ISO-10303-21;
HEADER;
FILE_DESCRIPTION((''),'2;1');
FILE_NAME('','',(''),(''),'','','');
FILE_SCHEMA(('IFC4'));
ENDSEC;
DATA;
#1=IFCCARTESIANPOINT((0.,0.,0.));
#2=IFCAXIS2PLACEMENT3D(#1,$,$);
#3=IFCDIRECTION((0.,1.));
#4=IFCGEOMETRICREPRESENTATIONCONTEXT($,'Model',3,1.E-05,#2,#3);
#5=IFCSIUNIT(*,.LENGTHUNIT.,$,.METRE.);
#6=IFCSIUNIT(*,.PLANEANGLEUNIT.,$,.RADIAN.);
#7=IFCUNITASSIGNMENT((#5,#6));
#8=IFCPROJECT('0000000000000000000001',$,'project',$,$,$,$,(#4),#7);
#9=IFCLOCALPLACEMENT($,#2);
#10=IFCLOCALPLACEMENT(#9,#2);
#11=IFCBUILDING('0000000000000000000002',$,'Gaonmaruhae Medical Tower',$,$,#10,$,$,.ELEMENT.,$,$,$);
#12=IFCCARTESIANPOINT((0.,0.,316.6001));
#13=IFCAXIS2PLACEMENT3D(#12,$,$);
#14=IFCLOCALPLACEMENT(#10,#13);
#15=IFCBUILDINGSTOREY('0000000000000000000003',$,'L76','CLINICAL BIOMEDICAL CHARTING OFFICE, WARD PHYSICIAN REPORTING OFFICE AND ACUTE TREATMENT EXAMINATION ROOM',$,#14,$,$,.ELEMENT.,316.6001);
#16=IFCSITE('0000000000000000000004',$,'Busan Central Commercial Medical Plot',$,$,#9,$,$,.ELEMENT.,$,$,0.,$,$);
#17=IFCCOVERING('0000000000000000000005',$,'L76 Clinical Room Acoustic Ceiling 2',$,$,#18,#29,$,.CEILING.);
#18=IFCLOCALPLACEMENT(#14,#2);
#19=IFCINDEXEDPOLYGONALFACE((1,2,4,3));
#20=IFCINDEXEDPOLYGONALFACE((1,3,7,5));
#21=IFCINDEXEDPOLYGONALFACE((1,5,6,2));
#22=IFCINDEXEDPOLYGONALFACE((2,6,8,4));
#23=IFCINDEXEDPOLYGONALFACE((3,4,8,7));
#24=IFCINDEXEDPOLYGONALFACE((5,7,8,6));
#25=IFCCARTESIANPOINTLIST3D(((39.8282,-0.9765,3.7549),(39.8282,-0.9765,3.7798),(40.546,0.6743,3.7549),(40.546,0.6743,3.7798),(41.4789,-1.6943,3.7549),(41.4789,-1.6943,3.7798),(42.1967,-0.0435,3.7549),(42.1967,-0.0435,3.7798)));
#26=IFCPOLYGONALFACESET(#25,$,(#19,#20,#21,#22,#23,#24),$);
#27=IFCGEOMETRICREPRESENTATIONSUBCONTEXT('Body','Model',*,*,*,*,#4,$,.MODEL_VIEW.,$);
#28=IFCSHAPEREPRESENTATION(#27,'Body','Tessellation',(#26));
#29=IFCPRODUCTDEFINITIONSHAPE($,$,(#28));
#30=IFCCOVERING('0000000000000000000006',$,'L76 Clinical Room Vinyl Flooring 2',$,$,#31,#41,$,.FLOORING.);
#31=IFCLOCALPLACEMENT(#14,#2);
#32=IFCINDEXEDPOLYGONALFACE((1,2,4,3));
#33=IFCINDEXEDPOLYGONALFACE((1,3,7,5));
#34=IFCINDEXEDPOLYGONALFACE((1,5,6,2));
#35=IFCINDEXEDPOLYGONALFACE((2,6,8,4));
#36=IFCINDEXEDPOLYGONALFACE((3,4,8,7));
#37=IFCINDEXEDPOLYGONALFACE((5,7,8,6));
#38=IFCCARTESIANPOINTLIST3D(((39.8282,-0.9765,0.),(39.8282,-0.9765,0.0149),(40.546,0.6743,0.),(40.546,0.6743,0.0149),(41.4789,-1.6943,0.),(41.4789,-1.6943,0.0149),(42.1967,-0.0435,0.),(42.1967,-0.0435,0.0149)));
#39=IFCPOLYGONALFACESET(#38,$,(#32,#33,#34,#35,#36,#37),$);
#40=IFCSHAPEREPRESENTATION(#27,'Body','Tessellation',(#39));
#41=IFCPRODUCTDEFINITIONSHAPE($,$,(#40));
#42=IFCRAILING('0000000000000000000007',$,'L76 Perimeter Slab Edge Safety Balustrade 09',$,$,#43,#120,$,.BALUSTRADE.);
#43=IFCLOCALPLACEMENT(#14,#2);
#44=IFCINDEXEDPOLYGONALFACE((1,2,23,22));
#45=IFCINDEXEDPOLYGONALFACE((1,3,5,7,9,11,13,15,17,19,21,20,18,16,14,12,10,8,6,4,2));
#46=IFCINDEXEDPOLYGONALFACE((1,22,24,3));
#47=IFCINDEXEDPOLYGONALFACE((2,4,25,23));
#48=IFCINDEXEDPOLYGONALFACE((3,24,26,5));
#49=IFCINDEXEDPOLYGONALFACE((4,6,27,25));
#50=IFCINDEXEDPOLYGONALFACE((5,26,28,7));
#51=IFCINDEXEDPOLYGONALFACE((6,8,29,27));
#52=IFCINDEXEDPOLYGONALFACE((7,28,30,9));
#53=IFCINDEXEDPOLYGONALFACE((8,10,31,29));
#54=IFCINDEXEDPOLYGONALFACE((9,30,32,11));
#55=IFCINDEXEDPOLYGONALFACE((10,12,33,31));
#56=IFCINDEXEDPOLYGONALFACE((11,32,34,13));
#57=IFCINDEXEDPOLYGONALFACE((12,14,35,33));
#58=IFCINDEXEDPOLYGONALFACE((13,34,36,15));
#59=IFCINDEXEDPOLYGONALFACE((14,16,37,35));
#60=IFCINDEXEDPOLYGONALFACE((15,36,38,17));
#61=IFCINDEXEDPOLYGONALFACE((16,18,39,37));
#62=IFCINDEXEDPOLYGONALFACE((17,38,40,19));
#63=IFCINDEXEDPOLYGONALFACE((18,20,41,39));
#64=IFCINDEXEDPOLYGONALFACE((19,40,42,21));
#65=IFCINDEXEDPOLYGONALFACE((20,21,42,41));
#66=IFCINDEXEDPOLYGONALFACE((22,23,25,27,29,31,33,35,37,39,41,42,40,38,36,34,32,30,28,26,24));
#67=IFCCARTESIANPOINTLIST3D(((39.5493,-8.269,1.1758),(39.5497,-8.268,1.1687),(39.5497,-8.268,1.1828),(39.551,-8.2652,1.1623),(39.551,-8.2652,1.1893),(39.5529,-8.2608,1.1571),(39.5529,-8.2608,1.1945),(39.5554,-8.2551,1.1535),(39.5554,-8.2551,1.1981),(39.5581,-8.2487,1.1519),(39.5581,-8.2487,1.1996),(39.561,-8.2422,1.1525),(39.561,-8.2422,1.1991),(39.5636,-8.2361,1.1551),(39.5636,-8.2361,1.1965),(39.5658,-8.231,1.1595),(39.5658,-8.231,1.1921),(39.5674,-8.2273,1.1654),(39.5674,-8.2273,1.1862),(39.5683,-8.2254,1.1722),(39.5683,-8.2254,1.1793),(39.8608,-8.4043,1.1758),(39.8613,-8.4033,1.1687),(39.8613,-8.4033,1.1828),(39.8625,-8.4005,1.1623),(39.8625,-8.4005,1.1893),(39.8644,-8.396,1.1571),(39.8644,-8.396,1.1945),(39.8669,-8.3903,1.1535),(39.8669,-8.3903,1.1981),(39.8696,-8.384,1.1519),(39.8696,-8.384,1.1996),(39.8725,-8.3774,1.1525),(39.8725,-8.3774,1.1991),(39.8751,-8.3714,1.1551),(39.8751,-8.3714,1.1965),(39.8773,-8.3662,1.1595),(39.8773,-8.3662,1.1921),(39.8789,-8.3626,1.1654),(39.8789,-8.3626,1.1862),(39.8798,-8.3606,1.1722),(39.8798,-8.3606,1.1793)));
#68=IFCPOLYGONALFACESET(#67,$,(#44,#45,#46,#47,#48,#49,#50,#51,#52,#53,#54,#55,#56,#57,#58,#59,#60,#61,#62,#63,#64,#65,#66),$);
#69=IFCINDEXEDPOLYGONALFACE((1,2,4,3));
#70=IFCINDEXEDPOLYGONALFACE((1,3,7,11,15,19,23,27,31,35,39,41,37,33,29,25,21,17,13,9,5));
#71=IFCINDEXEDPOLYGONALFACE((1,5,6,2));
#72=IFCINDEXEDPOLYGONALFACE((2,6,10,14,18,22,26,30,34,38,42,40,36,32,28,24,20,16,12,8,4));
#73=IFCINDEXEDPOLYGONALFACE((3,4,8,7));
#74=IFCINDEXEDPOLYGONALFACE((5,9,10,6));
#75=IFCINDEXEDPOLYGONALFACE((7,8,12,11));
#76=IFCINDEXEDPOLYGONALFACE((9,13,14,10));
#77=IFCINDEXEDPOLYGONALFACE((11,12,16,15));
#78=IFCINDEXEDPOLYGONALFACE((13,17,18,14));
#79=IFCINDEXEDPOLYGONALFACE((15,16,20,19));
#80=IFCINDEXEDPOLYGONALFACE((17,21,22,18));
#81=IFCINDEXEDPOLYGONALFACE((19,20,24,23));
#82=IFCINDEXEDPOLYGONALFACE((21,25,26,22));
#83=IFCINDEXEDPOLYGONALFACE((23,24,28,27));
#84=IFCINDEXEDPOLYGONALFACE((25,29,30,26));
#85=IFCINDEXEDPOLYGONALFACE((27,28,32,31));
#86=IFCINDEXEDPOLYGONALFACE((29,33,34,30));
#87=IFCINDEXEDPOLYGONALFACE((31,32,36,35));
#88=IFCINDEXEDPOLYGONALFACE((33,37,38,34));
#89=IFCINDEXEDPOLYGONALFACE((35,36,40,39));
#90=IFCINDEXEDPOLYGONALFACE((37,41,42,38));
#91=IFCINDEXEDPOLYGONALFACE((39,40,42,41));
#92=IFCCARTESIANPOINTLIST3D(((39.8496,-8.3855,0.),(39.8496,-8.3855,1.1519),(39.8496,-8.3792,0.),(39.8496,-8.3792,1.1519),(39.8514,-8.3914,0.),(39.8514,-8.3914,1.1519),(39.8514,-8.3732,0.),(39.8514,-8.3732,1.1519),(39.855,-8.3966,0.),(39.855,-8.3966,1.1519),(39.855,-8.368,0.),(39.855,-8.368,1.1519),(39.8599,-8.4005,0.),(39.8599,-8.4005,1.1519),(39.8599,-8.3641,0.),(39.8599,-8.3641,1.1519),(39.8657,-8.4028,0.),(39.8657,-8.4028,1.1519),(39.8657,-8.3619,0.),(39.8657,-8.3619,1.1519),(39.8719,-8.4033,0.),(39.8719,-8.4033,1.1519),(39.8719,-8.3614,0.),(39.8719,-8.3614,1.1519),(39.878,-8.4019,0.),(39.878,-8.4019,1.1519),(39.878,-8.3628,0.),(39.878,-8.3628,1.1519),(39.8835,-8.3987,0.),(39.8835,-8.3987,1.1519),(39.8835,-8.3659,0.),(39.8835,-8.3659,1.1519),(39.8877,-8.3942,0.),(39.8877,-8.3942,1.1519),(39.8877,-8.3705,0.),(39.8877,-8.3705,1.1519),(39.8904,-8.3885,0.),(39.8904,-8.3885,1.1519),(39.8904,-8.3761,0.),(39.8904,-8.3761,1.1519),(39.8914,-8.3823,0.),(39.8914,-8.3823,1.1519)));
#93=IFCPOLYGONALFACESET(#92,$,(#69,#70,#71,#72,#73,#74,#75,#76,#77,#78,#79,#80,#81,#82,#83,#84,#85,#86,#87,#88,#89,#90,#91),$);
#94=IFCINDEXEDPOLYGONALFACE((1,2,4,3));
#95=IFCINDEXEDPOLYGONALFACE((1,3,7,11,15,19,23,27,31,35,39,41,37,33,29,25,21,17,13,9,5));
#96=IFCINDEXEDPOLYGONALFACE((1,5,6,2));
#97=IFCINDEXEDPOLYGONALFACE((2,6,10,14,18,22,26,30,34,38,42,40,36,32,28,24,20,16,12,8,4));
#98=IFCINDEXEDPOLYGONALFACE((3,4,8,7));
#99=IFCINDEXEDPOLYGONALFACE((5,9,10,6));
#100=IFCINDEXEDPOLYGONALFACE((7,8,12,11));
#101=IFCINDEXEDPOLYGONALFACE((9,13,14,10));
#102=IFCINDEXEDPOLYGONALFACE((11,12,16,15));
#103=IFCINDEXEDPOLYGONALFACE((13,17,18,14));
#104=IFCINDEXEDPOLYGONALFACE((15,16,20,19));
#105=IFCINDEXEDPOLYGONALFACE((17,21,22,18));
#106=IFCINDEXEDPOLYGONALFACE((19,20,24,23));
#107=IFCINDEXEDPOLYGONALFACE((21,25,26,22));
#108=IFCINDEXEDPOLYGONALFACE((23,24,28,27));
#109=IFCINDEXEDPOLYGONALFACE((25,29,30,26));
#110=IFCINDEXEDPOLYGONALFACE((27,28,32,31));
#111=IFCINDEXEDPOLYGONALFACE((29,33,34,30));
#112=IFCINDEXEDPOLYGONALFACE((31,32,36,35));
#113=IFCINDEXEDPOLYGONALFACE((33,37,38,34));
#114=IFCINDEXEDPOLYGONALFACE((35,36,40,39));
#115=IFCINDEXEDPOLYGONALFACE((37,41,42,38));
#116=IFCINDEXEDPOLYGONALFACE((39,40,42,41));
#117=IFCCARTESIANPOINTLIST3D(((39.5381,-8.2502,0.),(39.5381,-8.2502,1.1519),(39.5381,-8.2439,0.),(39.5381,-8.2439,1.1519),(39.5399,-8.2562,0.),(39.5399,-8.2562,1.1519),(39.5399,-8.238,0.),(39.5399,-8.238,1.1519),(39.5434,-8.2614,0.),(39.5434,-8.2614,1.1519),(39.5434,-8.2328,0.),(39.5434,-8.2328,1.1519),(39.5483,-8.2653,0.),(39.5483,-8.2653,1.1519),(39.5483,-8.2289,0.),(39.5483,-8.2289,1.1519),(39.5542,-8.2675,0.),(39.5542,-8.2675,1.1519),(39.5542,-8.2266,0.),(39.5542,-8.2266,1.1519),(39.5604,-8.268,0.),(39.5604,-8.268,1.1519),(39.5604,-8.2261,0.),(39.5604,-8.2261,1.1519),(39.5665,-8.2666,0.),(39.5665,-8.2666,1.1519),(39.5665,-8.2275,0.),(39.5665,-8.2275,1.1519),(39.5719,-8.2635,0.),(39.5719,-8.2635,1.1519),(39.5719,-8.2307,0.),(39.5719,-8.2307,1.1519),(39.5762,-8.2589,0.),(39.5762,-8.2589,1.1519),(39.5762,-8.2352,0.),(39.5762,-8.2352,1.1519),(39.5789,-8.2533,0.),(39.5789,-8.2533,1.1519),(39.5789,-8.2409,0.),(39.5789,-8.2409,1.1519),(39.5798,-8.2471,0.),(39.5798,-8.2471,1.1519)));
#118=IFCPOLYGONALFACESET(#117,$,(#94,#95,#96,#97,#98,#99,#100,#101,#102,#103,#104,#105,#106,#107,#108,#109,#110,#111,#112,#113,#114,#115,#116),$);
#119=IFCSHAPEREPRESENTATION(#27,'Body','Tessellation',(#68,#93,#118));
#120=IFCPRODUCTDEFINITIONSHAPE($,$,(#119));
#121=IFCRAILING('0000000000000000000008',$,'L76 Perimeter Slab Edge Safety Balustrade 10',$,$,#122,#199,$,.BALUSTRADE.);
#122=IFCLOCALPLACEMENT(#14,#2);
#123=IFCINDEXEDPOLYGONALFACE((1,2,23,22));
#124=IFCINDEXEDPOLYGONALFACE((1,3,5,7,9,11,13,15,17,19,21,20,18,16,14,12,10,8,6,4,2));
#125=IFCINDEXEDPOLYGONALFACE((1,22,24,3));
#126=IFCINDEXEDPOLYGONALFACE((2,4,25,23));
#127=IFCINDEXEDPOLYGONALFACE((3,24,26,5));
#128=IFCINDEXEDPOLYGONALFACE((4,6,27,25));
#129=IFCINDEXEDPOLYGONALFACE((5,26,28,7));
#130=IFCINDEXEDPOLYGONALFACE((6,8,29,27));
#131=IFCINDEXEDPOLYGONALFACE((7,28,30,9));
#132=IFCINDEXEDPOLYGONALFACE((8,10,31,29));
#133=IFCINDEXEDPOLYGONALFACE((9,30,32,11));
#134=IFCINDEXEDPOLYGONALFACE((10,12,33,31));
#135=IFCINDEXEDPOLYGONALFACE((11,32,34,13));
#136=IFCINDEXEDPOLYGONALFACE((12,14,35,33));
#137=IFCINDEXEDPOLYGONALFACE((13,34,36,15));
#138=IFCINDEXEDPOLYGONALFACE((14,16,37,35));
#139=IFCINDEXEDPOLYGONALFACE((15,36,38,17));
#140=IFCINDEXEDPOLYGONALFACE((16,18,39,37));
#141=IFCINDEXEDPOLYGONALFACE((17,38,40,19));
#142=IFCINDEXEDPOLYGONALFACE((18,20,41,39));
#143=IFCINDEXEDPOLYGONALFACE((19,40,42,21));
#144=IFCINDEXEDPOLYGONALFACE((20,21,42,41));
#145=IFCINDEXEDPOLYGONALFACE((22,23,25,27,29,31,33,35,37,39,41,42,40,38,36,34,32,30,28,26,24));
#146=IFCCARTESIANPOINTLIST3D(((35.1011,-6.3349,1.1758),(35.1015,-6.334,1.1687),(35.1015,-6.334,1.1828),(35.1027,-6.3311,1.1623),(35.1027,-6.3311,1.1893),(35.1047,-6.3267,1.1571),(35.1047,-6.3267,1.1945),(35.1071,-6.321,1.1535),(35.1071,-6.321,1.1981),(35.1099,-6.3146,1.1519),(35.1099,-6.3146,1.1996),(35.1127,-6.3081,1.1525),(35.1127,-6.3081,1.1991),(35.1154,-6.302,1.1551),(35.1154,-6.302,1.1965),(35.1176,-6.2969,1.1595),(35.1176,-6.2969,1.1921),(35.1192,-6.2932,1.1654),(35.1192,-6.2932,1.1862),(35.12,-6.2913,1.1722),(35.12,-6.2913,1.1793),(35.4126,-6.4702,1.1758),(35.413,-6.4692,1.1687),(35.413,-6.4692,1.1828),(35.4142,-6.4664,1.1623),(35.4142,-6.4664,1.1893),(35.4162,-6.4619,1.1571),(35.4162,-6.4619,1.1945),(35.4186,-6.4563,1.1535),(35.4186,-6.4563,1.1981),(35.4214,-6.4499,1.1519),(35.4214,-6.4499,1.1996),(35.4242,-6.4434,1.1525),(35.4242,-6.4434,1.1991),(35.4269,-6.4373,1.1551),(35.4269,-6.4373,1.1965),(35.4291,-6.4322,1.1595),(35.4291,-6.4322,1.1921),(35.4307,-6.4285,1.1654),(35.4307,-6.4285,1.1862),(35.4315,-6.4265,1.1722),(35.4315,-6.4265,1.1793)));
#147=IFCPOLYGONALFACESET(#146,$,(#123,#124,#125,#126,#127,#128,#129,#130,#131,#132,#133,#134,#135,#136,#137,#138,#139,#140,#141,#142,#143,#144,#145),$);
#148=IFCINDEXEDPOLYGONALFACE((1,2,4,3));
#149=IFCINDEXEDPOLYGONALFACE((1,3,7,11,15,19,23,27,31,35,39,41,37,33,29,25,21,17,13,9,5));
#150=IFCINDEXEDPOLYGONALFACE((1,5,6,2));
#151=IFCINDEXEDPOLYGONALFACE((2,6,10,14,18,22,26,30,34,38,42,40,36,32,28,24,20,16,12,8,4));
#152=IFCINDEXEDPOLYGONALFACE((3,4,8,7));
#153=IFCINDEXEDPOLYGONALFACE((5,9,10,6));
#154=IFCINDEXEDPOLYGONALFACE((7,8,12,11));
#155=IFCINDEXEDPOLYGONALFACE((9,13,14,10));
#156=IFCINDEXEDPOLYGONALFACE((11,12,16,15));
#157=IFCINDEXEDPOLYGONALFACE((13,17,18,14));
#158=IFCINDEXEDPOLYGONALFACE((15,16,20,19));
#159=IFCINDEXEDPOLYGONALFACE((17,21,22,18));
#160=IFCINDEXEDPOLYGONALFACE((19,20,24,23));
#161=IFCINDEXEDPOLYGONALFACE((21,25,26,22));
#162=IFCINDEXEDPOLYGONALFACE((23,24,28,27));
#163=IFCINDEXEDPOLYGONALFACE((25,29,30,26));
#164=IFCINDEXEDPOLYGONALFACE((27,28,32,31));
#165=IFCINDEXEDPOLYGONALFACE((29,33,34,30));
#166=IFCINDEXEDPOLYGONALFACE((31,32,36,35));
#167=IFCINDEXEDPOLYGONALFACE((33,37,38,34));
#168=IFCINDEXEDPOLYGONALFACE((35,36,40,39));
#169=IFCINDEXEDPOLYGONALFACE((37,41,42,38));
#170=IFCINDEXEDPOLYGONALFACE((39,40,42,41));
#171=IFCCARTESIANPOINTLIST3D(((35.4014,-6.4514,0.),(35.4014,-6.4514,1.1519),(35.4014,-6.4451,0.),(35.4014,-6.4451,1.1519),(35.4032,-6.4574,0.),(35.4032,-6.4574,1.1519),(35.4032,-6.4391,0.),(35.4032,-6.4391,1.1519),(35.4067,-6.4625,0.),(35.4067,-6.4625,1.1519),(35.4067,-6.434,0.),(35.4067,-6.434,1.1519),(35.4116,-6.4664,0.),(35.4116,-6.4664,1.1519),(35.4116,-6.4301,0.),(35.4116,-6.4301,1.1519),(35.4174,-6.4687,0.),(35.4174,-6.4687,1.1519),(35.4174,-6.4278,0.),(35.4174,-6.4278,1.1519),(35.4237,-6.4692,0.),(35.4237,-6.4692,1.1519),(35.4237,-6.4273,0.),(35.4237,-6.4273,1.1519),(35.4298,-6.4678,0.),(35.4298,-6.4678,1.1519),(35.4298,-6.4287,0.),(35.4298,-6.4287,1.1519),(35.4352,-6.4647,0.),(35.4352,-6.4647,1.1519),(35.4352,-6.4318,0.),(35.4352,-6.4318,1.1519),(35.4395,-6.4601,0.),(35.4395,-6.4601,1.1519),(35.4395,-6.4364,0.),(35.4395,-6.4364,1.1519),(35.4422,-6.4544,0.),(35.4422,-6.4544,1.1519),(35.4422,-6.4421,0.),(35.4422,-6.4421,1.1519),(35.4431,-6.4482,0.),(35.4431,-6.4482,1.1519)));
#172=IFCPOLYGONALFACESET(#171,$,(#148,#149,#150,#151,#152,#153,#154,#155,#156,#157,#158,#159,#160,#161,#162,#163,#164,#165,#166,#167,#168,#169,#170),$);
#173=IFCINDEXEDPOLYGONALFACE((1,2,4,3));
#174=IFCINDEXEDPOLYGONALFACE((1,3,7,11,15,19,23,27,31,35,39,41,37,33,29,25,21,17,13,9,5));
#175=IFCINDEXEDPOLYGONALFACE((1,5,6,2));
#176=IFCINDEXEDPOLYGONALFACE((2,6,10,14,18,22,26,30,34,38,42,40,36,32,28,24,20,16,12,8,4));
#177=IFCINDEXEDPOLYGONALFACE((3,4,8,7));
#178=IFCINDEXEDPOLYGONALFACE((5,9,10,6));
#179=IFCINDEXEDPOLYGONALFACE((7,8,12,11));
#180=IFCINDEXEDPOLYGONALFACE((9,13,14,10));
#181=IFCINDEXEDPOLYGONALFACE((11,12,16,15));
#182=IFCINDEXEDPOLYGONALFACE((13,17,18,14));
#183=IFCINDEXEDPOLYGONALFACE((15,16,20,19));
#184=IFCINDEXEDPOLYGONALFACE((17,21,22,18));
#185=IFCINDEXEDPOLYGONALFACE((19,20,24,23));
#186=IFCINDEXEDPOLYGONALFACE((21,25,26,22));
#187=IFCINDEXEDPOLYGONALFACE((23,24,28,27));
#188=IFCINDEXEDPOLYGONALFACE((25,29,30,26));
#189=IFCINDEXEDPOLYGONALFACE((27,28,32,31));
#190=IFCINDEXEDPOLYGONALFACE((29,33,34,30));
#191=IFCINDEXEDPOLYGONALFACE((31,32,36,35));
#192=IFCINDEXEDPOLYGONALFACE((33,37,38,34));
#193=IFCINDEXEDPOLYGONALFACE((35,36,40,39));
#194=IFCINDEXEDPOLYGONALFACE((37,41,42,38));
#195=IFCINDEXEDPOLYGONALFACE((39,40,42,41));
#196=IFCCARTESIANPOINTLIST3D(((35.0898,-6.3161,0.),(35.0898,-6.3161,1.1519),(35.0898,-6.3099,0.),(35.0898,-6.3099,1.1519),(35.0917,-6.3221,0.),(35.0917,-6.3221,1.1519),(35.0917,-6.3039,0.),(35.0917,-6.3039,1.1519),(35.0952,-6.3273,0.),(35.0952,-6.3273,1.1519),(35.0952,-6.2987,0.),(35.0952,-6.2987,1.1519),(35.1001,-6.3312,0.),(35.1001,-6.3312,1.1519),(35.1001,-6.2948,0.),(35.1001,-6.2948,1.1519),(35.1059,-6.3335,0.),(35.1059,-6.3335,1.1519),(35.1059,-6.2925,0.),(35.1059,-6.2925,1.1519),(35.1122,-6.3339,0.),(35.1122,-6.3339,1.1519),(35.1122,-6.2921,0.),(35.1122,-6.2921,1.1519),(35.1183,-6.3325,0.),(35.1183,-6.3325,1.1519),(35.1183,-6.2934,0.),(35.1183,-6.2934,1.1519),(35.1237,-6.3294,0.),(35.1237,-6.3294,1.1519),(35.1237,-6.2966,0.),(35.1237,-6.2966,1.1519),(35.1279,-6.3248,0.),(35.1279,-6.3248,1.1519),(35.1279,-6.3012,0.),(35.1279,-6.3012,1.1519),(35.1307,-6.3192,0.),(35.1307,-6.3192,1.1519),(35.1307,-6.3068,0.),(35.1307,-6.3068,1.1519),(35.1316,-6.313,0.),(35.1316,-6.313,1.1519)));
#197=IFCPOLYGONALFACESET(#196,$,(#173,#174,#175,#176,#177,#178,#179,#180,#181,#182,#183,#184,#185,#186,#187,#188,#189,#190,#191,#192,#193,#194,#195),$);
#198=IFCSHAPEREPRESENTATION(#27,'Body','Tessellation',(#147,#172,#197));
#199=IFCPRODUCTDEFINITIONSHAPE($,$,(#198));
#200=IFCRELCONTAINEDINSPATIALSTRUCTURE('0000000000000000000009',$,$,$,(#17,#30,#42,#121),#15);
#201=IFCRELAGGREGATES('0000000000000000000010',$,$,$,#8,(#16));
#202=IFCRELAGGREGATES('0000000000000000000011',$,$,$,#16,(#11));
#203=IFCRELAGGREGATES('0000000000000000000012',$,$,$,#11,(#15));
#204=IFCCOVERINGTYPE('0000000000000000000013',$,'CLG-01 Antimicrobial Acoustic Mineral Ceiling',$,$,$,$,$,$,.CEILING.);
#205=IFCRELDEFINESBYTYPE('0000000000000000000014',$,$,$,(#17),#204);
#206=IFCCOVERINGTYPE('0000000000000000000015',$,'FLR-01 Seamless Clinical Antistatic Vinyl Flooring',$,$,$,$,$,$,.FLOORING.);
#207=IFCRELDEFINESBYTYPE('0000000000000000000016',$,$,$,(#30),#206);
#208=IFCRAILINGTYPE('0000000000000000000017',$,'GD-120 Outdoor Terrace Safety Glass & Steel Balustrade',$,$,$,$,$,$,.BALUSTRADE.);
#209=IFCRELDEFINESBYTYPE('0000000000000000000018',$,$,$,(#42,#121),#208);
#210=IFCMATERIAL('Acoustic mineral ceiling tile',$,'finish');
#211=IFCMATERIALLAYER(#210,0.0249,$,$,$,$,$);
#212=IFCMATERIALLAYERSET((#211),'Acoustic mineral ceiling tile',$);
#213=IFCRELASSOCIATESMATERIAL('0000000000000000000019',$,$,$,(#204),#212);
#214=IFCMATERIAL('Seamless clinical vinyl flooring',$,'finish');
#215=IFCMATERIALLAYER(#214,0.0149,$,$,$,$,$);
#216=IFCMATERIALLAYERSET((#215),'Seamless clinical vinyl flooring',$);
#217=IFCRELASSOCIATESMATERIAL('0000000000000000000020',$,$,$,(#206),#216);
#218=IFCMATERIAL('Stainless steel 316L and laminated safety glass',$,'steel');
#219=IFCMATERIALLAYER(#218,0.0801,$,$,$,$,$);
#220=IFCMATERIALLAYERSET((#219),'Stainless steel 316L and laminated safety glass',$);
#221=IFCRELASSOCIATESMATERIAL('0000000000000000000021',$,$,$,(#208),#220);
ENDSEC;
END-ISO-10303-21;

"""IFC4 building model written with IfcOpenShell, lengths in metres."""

from ifc_helpers import new_model, si_unit, direction, frame, origin, origin_2d, place, context, subcontext, project, spatial, rectangle, circle, extrude, material, layer, layer_set, type_object, element, save


model = new_model("IFC4")

# Units and contexts
model_context = context("Model", 3, precision=1e-05, world=origin(), true_north=direction((0.0, 1.0)))
body_context = subcontext(model_context, "Body", "Model", "MODEL_VIEW")
ifc_project = project(units=[si_unit("LENGTHUNIT", "METRE"), si_unit("PLANEANGLEUNIT", "RADIAN")], contexts=[model_context])

# Site, building, storey
site_placement = place(None, origin())
site = spatial("IfcSite", under=ifc_project, at=site_placement, Name="Busan Central Commercial Medical Plot", CompositionType="ELEMENT", RefElevation=0.0)
building_placement = place(site_placement, origin())
building = spatial("IfcBuilding", under=site, at=building_placement, Name="Gaonmaruhae Medical Tower", CompositionType="ELEMENT")
storey_placement = place(building_placement, frame((0.0, 0.0, 316.6001)))
storey = spatial("IfcBuildingStorey", under=building, at=storey_placement, Name="L76", Description="CLINICAL BIOMEDICAL CHARTING OFFICE, WARD PHYSICIAN REPORTING OFFICE AND ACUTE TREATMENT EXAMINATION ROOM", CompositionType="ELEMENT", Elevation=316.6001)

# Coverings
ifc_material_1 = material(Name="Acoustic mineral ceiling tile", Category="finish")
ifc_layer_1 = layer(ifc_material_1, 0.0249)
ifc_layer_set_1 = layer_set([ifc_layer_1], Name="Acoustic mineral ceiling tile")
covering_type_1 = type_object("IfcCoveringType", Name="CLG-01 Antimicrobial Acoustic Mineral Ceiling", PredefinedType="CEILING", material=ifc_layer_set_1)
covering_1_placement = place(storey_placement, frame((41.0125, -0.51, 3.7549), z_axis=(0.0, 0.0, 1.0), x_axis=(0.398749, 0.91706, 0.0)))
element("IfcCovering", 1, at=covering_1_placement, inside=storey, type_object=covering_type_1, Name="L76 Clinical Room Acoustic Ceiling 2", PredefinedType="CEILING", context=body_context, shape_type="SweptSolid", body=[
    extrude(rectangle(XDim=1.8, YDim=1.8, at=origin_2d()), origin(), (0.0, 0.0, 1.0), 0.0249),
])
ifc_material_2 = material(Name="Seamless clinical vinyl flooring", Category="finish")
ifc_layer_2 = layer(ifc_material_2, 0.0149)
ifc_layer_set_2 = layer_set([ifc_layer_2], Name="Seamless clinical vinyl flooring")
covering_type_2 = type_object("IfcCoveringType", Name="FLR-01 Seamless Clinical Antistatic Vinyl Flooring", PredefinedType="FLOORING", material=ifc_layer_set_2)
covering_2_placement = place(storey_placement, frame((41.0125, -0.51, 0.0), z_axis=(0.0, 0.0, 1.0), x_axis=(0.398749, 0.91706, 0.0)))
element("IfcCovering", 2, at=covering_2_placement, inside=storey, type_object=covering_type_2, Name="L76 Clinical Room Vinyl Flooring 2", PredefinedType="FLOORING", context=body_context, shape_type="SweptSolid", body=[
    extrude(rectangle(XDim=1.8, YDim=1.8, at=origin_2d()), origin(), (0.0, 0.0, 1.0), 0.0149),
])

# Railings
ifc_material_3 = material(Name="Stainless steel 316L and laminated safety glass", Category="steel")
ifc_layer_3 = layer(ifc_material_3, 0.0801)
ifc_layer_set_3 = layer_set([ifc_layer_3], Name="Stainless steel 316L and laminated safety glass")
railing_type = type_object("IfcRailingType", Name="GD-120 Outdoor Terrace Safety Glass & Steel Balustrade", PredefinedType="BALUSTRADE", material=ifc_layer_set_3)
for number, where, name in (
    (3, (39.8704, -8.3823, 0.0), "L76 Perimeter Slab Edge Safety Balustrade 09"),
    (4, (35.4221, -6.4482, 0.0), "L76 Perimeter Slab Edge Safety Balustrade 10"),
):
    element("IfcRailing", number, at=place(storey_placement, frame(where)), inside=storey, type_object=railing_type, Name=name, PredefinedType="BALUSTRADE", context=body_context, shape_type="SweptSolid", body=[
        extrude(circle(Radius=0.0239, at=origin_2d()), frame((0.0, 0.0, 1.1758), z_axis=(-0.917276, 0.398253, 0.0), x_axis=(-0.398253, -0.917276, 0.0)), (0.0, 0.0, 1.0), 0.3396),
        extrude(circle(Radius=0.021, at=origin_2d()), origin(), (0.0, 0.0, 1.0), 1.1519),
        extrude(circle(Radius=0.021, at=origin_2d()), frame((-0.3115, 0.1353, 0.0)), (0.0, 0.0, 1.0), 1.1519),
    ])

save(model, "model.ifc")
